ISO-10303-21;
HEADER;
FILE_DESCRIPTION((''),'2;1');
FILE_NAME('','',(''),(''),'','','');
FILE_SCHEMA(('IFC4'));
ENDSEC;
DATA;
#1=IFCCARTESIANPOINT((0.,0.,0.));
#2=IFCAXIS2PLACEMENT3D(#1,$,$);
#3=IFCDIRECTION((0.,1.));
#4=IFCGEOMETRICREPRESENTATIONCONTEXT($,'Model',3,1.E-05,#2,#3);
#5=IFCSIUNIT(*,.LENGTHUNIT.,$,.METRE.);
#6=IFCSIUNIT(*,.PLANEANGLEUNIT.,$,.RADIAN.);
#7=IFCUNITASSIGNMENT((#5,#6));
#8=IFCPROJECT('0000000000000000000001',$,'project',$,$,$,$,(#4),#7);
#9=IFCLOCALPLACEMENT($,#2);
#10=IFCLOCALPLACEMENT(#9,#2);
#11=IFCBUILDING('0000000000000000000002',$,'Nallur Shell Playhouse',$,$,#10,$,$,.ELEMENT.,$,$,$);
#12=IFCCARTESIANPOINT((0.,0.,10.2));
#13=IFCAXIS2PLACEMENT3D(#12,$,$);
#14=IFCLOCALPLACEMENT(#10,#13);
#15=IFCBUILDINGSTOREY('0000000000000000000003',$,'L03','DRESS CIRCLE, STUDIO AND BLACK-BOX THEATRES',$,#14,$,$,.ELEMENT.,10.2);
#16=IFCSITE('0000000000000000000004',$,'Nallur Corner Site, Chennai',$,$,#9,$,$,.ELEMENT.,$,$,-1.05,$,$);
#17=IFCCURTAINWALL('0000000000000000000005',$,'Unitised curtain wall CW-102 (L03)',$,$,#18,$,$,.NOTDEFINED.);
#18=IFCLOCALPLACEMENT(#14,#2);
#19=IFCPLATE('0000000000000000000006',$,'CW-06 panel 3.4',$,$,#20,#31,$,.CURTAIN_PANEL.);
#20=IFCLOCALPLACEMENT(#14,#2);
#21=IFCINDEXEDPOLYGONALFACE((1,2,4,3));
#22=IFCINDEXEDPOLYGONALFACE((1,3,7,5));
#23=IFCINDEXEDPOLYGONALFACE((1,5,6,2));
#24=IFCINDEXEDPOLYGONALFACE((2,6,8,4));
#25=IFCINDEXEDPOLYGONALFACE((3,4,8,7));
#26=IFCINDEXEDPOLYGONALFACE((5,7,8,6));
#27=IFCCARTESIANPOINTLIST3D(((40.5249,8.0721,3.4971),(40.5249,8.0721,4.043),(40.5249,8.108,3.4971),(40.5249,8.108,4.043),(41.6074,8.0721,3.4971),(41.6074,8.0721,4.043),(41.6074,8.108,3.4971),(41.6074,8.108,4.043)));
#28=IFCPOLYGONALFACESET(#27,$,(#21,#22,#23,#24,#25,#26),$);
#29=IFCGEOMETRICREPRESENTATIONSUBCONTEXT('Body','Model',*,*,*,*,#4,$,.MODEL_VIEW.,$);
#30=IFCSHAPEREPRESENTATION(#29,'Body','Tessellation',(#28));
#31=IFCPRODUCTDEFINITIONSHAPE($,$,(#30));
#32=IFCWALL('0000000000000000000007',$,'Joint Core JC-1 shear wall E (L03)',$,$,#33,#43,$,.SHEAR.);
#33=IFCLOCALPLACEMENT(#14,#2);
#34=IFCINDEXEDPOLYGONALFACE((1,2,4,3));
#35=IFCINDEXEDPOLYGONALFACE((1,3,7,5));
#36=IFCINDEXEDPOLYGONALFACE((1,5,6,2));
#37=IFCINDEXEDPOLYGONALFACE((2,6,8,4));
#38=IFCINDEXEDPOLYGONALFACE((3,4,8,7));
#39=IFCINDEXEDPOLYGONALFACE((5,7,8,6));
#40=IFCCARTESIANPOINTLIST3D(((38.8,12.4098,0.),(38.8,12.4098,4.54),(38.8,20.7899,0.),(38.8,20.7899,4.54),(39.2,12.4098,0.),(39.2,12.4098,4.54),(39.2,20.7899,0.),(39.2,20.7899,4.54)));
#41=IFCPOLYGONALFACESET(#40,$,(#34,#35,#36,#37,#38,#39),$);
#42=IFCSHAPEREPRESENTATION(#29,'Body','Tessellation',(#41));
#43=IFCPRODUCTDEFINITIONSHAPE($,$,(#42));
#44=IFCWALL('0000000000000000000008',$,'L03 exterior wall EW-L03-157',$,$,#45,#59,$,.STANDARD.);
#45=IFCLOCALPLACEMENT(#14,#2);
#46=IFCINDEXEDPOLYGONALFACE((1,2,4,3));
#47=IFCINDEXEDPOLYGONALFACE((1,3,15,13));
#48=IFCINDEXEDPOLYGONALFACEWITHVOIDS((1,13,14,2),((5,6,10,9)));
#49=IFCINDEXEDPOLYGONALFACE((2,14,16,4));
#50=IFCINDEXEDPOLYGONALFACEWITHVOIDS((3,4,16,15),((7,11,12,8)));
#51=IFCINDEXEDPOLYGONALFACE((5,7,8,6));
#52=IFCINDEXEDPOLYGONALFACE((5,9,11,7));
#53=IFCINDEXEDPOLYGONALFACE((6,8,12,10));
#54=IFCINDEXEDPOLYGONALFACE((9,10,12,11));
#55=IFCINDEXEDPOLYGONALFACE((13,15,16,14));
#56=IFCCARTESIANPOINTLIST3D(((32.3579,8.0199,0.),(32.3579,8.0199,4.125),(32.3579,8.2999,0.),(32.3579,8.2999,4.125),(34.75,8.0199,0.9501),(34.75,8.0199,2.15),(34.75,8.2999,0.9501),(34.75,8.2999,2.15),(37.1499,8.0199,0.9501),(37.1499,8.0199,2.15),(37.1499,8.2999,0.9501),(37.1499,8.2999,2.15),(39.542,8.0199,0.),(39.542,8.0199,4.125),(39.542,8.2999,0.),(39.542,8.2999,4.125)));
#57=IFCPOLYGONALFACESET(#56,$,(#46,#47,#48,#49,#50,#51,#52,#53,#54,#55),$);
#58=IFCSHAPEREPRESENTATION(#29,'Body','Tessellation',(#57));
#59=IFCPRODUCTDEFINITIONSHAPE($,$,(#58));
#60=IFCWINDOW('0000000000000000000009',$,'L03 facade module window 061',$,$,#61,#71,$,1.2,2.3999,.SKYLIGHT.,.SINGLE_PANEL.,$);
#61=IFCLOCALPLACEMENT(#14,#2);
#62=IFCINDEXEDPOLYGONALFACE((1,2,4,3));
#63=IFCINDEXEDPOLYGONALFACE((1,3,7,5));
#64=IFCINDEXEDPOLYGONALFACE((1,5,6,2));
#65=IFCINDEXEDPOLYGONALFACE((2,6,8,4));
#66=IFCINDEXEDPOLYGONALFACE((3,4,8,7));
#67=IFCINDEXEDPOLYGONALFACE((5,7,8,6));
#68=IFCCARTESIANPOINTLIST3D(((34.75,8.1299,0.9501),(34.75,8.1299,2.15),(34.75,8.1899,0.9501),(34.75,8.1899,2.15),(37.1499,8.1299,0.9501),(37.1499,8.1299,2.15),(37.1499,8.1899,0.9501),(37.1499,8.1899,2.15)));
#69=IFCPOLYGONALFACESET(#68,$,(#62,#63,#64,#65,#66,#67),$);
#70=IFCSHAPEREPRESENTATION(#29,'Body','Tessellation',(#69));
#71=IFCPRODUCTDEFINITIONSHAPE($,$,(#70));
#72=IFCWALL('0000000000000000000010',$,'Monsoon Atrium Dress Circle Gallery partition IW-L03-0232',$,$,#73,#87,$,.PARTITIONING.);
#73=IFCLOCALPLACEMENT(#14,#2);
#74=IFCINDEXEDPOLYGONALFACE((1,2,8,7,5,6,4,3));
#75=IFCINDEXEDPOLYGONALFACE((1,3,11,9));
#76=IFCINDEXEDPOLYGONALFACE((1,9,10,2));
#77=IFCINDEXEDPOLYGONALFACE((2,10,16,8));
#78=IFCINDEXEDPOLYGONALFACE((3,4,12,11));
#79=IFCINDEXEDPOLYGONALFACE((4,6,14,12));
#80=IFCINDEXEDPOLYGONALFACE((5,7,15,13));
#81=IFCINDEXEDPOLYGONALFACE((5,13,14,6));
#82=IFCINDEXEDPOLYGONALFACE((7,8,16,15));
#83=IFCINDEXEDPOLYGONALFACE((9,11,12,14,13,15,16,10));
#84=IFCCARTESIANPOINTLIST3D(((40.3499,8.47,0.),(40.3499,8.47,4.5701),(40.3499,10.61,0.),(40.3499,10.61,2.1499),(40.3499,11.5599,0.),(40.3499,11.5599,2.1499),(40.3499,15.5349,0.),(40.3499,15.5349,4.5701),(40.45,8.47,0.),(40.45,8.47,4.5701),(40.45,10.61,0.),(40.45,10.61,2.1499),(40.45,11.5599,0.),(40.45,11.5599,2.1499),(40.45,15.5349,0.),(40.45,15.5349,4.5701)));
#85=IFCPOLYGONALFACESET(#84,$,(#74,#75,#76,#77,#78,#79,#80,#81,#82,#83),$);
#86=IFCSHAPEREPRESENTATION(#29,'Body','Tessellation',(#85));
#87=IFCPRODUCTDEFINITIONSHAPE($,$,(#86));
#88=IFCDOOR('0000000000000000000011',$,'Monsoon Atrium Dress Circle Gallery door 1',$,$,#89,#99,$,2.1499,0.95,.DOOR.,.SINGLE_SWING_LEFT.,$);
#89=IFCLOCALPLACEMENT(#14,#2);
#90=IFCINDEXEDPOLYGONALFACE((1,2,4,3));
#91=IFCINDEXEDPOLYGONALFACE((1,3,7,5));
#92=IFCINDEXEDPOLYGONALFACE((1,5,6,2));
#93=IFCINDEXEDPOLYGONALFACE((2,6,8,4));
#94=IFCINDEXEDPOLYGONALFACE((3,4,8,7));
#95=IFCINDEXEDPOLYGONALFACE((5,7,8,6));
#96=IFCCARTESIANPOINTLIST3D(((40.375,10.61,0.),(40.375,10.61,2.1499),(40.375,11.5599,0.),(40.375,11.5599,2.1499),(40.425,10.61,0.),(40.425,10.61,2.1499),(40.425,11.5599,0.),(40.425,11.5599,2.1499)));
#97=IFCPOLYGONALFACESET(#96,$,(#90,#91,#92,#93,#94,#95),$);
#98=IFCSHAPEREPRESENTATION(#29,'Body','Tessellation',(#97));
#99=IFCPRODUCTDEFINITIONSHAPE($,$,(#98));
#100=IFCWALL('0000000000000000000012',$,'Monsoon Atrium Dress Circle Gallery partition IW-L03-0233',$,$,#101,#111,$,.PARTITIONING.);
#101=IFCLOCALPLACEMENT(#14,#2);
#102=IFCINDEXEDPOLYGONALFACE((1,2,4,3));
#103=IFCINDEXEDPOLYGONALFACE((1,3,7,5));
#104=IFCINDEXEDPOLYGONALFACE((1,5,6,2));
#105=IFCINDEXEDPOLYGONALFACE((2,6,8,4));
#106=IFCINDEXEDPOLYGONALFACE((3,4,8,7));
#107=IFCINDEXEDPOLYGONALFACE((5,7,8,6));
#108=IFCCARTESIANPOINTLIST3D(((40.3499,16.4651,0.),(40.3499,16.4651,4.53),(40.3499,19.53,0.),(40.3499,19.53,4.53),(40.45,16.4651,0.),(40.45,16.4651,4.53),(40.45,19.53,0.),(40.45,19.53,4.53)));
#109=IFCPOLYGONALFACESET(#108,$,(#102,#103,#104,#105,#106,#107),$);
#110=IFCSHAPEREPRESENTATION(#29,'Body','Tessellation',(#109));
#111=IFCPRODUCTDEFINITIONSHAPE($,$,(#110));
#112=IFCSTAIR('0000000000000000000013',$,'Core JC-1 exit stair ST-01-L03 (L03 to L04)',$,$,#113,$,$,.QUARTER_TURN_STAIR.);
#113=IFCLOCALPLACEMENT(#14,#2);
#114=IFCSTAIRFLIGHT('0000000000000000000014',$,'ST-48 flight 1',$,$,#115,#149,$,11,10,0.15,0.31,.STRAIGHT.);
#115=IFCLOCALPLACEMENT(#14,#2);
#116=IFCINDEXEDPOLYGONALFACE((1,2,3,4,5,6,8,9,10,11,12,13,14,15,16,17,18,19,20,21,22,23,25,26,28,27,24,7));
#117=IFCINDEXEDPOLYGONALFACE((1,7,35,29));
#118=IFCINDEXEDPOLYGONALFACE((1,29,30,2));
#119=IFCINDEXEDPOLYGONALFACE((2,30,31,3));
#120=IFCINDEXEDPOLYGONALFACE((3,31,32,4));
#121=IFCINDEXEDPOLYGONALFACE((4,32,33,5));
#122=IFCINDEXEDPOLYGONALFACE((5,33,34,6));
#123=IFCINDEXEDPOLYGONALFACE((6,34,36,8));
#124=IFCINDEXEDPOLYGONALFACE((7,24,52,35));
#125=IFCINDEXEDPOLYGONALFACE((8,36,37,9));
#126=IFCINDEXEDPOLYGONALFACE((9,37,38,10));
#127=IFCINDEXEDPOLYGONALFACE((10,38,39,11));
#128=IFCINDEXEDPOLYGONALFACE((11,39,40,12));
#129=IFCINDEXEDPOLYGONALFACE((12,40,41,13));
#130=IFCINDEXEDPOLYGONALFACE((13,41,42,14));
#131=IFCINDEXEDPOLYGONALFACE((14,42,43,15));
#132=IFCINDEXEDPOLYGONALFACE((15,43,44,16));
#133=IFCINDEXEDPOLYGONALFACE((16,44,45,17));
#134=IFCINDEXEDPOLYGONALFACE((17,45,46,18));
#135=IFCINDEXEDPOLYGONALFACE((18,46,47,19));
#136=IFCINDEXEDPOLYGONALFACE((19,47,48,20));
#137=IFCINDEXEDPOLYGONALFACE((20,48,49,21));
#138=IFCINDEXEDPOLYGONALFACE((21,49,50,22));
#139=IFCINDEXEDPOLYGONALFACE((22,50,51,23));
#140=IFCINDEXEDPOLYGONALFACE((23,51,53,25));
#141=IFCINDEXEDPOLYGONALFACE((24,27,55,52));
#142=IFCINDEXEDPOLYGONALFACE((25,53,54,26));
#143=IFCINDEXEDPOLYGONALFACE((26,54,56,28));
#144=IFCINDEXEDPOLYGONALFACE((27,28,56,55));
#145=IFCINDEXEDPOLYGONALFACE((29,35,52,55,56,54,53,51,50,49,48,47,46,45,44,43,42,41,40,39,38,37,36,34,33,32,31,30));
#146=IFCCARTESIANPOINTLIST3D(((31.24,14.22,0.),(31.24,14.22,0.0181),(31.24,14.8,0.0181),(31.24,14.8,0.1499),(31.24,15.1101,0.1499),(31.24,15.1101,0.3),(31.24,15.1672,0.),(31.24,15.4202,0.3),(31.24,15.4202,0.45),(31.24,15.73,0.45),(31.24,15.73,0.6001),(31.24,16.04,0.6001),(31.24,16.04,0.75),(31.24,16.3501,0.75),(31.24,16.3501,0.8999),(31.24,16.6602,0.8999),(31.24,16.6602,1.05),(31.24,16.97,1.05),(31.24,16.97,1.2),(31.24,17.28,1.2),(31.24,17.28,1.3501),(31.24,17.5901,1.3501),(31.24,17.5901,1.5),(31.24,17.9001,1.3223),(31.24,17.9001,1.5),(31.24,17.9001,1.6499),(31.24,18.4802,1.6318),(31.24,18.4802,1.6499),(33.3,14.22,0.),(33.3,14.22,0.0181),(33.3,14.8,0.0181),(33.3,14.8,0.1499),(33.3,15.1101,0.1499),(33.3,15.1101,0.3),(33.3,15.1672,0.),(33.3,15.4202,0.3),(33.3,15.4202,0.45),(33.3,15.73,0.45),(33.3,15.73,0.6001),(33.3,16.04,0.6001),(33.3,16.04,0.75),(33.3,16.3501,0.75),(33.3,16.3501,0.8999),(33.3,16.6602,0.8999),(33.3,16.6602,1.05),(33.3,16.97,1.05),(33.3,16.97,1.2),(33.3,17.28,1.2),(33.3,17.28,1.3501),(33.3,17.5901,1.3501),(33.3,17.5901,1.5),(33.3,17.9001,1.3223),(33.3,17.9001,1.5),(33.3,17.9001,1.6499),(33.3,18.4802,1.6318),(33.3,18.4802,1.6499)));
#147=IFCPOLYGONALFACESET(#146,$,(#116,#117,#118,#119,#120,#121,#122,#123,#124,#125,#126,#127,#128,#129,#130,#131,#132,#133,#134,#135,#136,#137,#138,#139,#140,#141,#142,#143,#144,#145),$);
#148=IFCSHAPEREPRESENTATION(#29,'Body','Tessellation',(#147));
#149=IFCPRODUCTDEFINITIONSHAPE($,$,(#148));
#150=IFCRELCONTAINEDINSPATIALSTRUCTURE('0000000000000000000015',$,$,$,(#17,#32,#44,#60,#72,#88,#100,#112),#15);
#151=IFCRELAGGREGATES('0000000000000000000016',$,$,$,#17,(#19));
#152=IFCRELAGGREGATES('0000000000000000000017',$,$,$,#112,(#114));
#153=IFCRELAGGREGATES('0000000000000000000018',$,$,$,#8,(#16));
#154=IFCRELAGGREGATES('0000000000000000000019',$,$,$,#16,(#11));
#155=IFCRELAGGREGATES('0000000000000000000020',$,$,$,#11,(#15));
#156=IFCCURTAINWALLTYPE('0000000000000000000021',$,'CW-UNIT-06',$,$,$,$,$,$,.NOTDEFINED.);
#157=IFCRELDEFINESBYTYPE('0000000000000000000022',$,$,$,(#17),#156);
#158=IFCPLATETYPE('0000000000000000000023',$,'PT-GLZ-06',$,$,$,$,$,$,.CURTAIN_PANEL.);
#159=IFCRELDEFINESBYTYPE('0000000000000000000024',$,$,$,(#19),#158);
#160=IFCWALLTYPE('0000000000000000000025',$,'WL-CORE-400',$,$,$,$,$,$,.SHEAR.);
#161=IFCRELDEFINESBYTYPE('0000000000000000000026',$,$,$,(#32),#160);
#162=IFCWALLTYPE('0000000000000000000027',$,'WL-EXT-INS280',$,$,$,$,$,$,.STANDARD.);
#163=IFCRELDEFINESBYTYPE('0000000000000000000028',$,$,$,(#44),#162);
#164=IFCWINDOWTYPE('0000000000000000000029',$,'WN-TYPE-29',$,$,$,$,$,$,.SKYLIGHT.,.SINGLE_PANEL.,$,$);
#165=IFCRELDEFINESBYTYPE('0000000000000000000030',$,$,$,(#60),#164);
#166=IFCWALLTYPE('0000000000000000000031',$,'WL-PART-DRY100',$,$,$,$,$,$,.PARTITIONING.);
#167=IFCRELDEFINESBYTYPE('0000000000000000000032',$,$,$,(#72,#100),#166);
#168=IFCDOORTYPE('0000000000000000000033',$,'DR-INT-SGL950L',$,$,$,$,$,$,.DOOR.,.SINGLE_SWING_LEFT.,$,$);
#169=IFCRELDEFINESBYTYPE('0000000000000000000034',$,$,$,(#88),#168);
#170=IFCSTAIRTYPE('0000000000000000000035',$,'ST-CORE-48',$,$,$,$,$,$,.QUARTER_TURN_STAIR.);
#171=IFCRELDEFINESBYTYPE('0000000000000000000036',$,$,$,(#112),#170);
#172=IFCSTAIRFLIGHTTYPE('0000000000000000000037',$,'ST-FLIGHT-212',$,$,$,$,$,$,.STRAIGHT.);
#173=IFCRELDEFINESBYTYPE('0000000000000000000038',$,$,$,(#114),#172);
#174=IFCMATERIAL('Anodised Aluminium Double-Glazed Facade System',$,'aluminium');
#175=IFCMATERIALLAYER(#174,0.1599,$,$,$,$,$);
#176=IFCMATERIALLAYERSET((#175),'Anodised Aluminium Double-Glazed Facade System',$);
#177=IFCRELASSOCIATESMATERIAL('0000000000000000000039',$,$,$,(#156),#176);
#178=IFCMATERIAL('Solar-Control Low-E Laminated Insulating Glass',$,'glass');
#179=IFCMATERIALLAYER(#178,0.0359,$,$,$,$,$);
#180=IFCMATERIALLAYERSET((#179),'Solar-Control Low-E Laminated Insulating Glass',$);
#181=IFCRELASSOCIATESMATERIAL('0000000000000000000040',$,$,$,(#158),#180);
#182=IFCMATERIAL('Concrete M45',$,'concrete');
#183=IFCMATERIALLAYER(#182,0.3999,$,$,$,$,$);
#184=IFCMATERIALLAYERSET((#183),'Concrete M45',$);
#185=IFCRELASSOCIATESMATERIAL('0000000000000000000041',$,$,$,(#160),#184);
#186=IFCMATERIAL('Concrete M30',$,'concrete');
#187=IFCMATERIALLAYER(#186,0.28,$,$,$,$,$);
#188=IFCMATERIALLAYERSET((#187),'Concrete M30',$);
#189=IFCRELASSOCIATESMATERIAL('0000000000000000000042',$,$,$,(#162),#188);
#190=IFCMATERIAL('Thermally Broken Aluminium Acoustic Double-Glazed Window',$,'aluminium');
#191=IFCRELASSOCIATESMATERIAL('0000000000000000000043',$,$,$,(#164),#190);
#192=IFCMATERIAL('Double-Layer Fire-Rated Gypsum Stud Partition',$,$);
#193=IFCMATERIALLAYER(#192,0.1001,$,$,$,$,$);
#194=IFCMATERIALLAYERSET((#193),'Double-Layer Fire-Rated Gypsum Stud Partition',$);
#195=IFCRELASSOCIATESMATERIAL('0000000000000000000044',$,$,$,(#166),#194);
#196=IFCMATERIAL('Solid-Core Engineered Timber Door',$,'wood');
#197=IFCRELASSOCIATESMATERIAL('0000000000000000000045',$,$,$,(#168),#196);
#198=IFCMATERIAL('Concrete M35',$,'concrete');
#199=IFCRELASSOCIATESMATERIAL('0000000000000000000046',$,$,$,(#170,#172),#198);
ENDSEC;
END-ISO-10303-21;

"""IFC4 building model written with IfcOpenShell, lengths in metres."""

from ifc_helpers import new_model, si_unit, direction, frame, frame_2d, origin, origin_2d, place, context, subcontext, project, spatial, polyline, rectangle, outline, extrude, material, layer, layer_set, type_object, element, fill, aggregate, save


model = new_model("IFC4")

# Units and contexts
model_context = context("Model", 3, precision=1e-05, world=origin(), true_north=direction((0.0, 1.0)))
body_context = subcontext(model_context, "Body", "Model", "MODEL_VIEW")
ifc_project = project(units=[si_unit("LENGTHUNIT", "METRE"), si_unit("PLANEANGLEUNIT", "RADIAN")], contexts=[model_context])

# Site, building, storey
site_placement = place(None, origin())
site = spatial("IfcSite", under=ifc_project, at=site_placement, Name="Nallur Corner Site, Chennai", CompositionType="ELEMENT", RefElevation=-1.05)
building_placement = place(site_placement, origin())
building = spatial("IfcBuilding", under=site, at=building_placement, Name="Nallur Shell Playhouse", CompositionType="ELEMENT")
storey_placement = place(building_placement, frame((0.0, 0.0, 10.2)))
storey = spatial("IfcBuildingStorey", under=building, at=storey_placement, Name="L03", Description="DRESS CIRCLE, STUDIO AND BLACK-BOX THEATRES", CompositionType="ELEMENT", Elevation=10.2)

# Shared definitions
ifc_material_1 = material(Name="Concrete M30", Category="concrete")
ifc_material_2 = material(Name="Concrete M35", Category="concrete")

# Curtain wall, plate
ifc_material_3 = material(Name="Anodised Aluminium Double-Glazed Facade System", Category="aluminium")
ifc_layer_1 = layer(ifc_material_3, 0.1599)
ifc_layer_set_1 = layer_set([ifc_layer_1], Name="Anodised Aluminium Double-Glazed Facade System")
curtain_wall_type = type_object("IfcCurtainWallType", Name="CW-UNIT-06", PredefinedType="NOTDEFINED", material=ifc_layer_set_1)
curtain_wall_placement = place(storey_placement, origin())
curtain_wall = element("IfcCurtainWall", 1, at=curtain_wall_placement, inside=storey, type_object=curtain_wall_type, Name="Unitised curtain wall CW-102 (L03)", PredefinedType="NOTDEFINED")
ifc_material_4 = material(Name="Solar-Control Low-E Laminated Insulating Glass", Category="glass")
ifc_layer_2 = layer(ifc_material_4, 0.0359)
ifc_layer_set_2 = layer_set([ifc_layer_2], Name="Solar-Control Low-E Laminated Insulating Glass")
plate_type = type_object("IfcPlateType", Name="PT-GLZ-06", PredefinedType="CURTAIN_PANEL", material=ifc_layer_set_2)
plate_1_placement = place(storey_placement, frame((41.0662, 8.0901, 3.4971), z_axis=(0.0, 0.0, 1.0), x_axis=(-1.0, 0.0, 0.0)))
plate_1 = element("IfcPlate", 2, at=plate_1_placement, type_object=plate_type, Name="CW-06 panel 3.4", PredefinedType="CURTAIN_PANEL", context=body_context, shape_type="SweptSolid", body=[
    extrude(rectangle(XDim=1.0825, YDim=0.0359, at=origin_2d()), origin(), (0.0, 0.0, 1.0), 0.5459),
])
aggregate(curtain_wall, [plate_1])

# Wall
ifc_material_5 = material(Name="Concrete M45", Category="concrete")
ifc_layer_3 = layer(ifc_material_5, 0.3999)
ifc_layer_set_3 = layer_set([ifc_layer_3], Name="Concrete M45")
wall_type_1 = type_object("IfcWallType", Name="WL-CORE-400", PredefinedType="SHEAR", material=ifc_layer_set_3)
wall_1_placement = place(storey_placement, frame((39.0, 12.4099, 0.0), z_axis=(0.0, 0.0, 1.0), x_axis=(0.0, 1.0, 0.0)))
element("IfcWall", 3, at=wall_1_placement, inside=storey, type_object=wall_type_1, Name="Joint Core JC-1 shear wall E (L03)", PredefinedType="SHEAR", context=body_context, shape_type="SweptSolid", body=[
    extrude(rectangle(XDim=8.3801, YDim=0.3999, at=frame_2d((4.1899, 0.0))), origin(), (0.0, 0.0, 1.0), 4.54),
])

# Wall, opening, window
ifc_layer_4 = layer(ifc_material_1, 0.28)
ifc_layer_set_4 = layer_set([ifc_layer_4], Name="Concrete M30")
wall_type_2 = type_object("IfcWallType", Name="WL-EXT-INS280", PredefinedType="STANDARD", material=ifc_layer_set_4)
wall_2_placement = place(storey_placement, frame((39.542, 8.1599, 0.0), z_axis=(0.0, 0.0, 1.0), x_axis=(-1.0, 0.0, 0.0)))
wall_2 = element("IfcWall", 4, at=wall_2_placement, inside=storey, type_object=wall_type_2, Name="L03 exterior wall EW-L03-157", PredefinedType="STANDARD", context=body_context, shape_type="SweptSolid", body=[
    extrude(rectangle(XDim=7.1841, YDim=0.28, at=frame_2d((3.592, 0.0))), origin(), (0.0, 0.0, 1.0), 4.125),
])
opening_1_placement = place(wall_2_placement, frame((2.3921, 0.0, 0.95)))
opening_1 = element("IfcOpeningElement", 5, at=opening_1_placement, cuts=wall_2, PredefinedType="OPENING", context=body_context, shape_type="SweptSolid", body=[
    extrude(rectangle(XDim=2.3999, YDim=1.2, at=frame_2d((1.2, 0.6001))), frame((0.0, 0.1499, 0.0), z_axis=(0.0, -1.0, 0.0), x_axis=(1.0, 0.0, 0.0)), (0.0, 0.0, 1.0), 0.3),
])
ifc_material_6 = material(Name="Thermally Broken Aluminium Acoustic Double-Glazed Window", Category="aluminium")
window_type = type_object("IfcWindowType", Name="WN-TYPE-29", PartitioningType="SINGLE_PANEL", PredefinedType="SKYLIGHT", material=ifc_material_6)
window_placement = place(opening_1_placement, origin())
window = element("IfcWindow", 6, at=window_placement, inside=storey, type_object=window_type, Name="L03 facade module window 061", OverallHeight=1.2, OverallWidth=2.3999, PartitioningType="SINGLE_PANEL", PredefinedType="SKYLIGHT", context=body_context, shape_type="SweptSolid", body=[
    extrude(rectangle(XDim=2.3999, YDim=1.2, at=frame_2d((1.2, 0.6001))), frame((0.0, 0.03, 0.0), z_axis=(0.0, -1.0, 0.0), x_axis=(1.0, 0.0, 0.0)), (0.0, 0.0, 1.0), 0.0601),
])
fill(opening_1, window)

# Wall, opening, door
ifc_material_7 = material(Name="Double-Layer Fire-Rated Gypsum Stud Partition")
ifc_layer_5 = layer(ifc_material_7, 0.1001)
ifc_layer_set_5 = layer_set([ifc_layer_5], Name="Double-Layer Fire-Rated Gypsum Stud Partition")
wall_type_3 = type_object("IfcWallType", Name="WL-PART-DRY100", PredefinedType="PARTITIONING", material=ifc_layer_set_5)
wall_3_placement = place(storey_placement, frame((40.3999, 8.47, 0.0), z_axis=(0.0, 0.0, 1.0), x_axis=(0.0, 1.0, 0.0)))
wall_3 = element("IfcWall", 7, at=wall_3_placement, inside=storey, type_object=wall_type_3, Name="Monsoon Atrium Dress Circle Gallery partition IW-L03-0232", PredefinedType="PARTITIONING", context=body_context, shape_type="SweptSolid", body=[
    extrude(rectangle(XDim=7.0649, YDim=0.1001, at=frame_2d((3.5325, 0.0))), origin(), (0.0, 0.0, 1.0), 4.5701),
])
opening_2_placement = place(wall_3_placement, frame((2.1399, 0.0, 0.0)))
opening_2 = element("IfcOpeningElement", 8, at=opening_2_placement, cuts=wall_3, PredefinedType="OPENING", context=body_context, shape_type="SweptSolid", body=[
    extrude(rectangle(XDim=0.95, YDim=2.1499, at=frame_2d((0.4751, 1.075))), frame((0.0, 0.0601, 0.0), z_axis=(0.0, -1.0, 0.0), x_axis=(1.0, 0.0, 0.0)), (0.0, 0.0, 1.0), 0.1201),
])
ifc_material_8 = material(Name="Solid-Core Engineered Timber Door", Category="wood")
door_type = type_object("IfcDoorType", Name="DR-INT-SGL950L", OperationType="SINGLE_SWING_LEFT", PredefinedType="DOOR", material=ifc_material_8)
door_placement = place(opening_2_placement, origin())
door = element("IfcDoor", 9, at=door_placement, inside=storey, type_object=door_type, Name="Monsoon Atrium Dress Circle Gallery door 1", OperationType="SINGLE_SWING_LEFT", OverallHeight=2.1499, OverallWidth=0.95, PredefinedType="DOOR", context=body_context, shape_type="SweptSolid", body=[
    extrude(rectangle(XDim=0.95, YDim=2.1499, at=frame_2d((0.4751, 1.075))), frame((0.0, 0.0249, 0.0), z_axis=(0.0, -1.0, 0.0), x_axis=(1.0, 0.0, 0.0)), (0.0, 0.0, 1.0), 0.05),
])
fill(opening_2, door)

# Wall
wall_4_placement = place(storey_placement, frame((40.3999, 16.4651, 0.0), z_axis=(0.0, 0.0, 1.0), x_axis=(0.0, 1.0, 0.0)))
element("IfcWall", 10, at=wall_4_placement, inside=storey, type_object=wall_type_3, Name="Monsoon Atrium Dress Circle Gallery partition IW-L03-0233", PredefinedType="PARTITIONING", context=body_context, shape_type="SweptSolid", body=[
    extrude(rectangle(XDim=3.0649, YDim=0.1001, at=frame_2d((1.5325, 0.0))), origin(), (0.0, 0.0, 1.0), 4.53),
])

# Stair, stair flight
stair_type = type_object("IfcStairType", Name="ST-CORE-48", PredefinedType="QUARTER_TURN_STAIR", material=ifc_material_2)
stair_placement = place(storey_placement, origin())
stair = element("IfcStair", 11, at=stair_placement, inside=storey, type_object=stair_type, Name="Core JC-1 exit stair ST-01-L03 (L03 to L04)", PredefinedType="QUARTER_TURN_STAIR")
stair_flight_type = type_object("IfcStairFlightType", Name="ST-FLIGHT-212", PredefinedType="STRAIGHT", material=ifc_material_2)
stair_flight_1_placement = place(storey_placement, frame((32.27, 14.8, 0.0), z_axis=(0.0, 0.0, 1.0), x_axis=(0.0, 1.0, 0.0)))
stair_flight_1 = element("IfcStairFlight", 12, at=stair_flight_1_placement, type_object=stair_flight_type, Name="ST-48 flight 1", NumberOfRisers=11, NumberOfTreads=10, PredefinedType="STRAIGHT", RiserHeight=0.15, TreadLength=0.31, context=body_context, shape_type="SweptSolid", body=[
    extrude(outline(polyline([(-0.5801, 0.0), (-0.5801, 0.0181), (0.0, 0.0181), (0.0, 0.1499), (0.3101, 0.1499), (0.3101, 0.3), (0.6201, 0.3), (0.6201, 0.45), (0.9299, 0.45), (0.9299, 0.6001), (1.24, 0.6001), (1.24, 0.75), (1.55, 0.75), (1.55, 0.8999), (1.8601, 0.8999), (1.8601, 1.05), (2.1699, 1.05), (2.1699, 1.2), (2.48, 1.2), (2.48, 1.3501), (2.79, 1.3501), (2.79, 1.5), (3.1001, 1.5), (3.1001, 1.6499), (3.6802, 1.6499), (3.6802, 1.6318), (3.1001, 1.3223), (0.3672, 0.0), (-0.5801, 0.0)])), frame((0.0, 1.03, 0.0), z_axis=(0.0, -1.0, 0.0), x_axis=(1.0, 0.0, 0.0)), (0.0, 0.0, 1.0), 2.0601),
])
aggregate(stair, [stair_flight_1])

save(model, "model.ifc")
